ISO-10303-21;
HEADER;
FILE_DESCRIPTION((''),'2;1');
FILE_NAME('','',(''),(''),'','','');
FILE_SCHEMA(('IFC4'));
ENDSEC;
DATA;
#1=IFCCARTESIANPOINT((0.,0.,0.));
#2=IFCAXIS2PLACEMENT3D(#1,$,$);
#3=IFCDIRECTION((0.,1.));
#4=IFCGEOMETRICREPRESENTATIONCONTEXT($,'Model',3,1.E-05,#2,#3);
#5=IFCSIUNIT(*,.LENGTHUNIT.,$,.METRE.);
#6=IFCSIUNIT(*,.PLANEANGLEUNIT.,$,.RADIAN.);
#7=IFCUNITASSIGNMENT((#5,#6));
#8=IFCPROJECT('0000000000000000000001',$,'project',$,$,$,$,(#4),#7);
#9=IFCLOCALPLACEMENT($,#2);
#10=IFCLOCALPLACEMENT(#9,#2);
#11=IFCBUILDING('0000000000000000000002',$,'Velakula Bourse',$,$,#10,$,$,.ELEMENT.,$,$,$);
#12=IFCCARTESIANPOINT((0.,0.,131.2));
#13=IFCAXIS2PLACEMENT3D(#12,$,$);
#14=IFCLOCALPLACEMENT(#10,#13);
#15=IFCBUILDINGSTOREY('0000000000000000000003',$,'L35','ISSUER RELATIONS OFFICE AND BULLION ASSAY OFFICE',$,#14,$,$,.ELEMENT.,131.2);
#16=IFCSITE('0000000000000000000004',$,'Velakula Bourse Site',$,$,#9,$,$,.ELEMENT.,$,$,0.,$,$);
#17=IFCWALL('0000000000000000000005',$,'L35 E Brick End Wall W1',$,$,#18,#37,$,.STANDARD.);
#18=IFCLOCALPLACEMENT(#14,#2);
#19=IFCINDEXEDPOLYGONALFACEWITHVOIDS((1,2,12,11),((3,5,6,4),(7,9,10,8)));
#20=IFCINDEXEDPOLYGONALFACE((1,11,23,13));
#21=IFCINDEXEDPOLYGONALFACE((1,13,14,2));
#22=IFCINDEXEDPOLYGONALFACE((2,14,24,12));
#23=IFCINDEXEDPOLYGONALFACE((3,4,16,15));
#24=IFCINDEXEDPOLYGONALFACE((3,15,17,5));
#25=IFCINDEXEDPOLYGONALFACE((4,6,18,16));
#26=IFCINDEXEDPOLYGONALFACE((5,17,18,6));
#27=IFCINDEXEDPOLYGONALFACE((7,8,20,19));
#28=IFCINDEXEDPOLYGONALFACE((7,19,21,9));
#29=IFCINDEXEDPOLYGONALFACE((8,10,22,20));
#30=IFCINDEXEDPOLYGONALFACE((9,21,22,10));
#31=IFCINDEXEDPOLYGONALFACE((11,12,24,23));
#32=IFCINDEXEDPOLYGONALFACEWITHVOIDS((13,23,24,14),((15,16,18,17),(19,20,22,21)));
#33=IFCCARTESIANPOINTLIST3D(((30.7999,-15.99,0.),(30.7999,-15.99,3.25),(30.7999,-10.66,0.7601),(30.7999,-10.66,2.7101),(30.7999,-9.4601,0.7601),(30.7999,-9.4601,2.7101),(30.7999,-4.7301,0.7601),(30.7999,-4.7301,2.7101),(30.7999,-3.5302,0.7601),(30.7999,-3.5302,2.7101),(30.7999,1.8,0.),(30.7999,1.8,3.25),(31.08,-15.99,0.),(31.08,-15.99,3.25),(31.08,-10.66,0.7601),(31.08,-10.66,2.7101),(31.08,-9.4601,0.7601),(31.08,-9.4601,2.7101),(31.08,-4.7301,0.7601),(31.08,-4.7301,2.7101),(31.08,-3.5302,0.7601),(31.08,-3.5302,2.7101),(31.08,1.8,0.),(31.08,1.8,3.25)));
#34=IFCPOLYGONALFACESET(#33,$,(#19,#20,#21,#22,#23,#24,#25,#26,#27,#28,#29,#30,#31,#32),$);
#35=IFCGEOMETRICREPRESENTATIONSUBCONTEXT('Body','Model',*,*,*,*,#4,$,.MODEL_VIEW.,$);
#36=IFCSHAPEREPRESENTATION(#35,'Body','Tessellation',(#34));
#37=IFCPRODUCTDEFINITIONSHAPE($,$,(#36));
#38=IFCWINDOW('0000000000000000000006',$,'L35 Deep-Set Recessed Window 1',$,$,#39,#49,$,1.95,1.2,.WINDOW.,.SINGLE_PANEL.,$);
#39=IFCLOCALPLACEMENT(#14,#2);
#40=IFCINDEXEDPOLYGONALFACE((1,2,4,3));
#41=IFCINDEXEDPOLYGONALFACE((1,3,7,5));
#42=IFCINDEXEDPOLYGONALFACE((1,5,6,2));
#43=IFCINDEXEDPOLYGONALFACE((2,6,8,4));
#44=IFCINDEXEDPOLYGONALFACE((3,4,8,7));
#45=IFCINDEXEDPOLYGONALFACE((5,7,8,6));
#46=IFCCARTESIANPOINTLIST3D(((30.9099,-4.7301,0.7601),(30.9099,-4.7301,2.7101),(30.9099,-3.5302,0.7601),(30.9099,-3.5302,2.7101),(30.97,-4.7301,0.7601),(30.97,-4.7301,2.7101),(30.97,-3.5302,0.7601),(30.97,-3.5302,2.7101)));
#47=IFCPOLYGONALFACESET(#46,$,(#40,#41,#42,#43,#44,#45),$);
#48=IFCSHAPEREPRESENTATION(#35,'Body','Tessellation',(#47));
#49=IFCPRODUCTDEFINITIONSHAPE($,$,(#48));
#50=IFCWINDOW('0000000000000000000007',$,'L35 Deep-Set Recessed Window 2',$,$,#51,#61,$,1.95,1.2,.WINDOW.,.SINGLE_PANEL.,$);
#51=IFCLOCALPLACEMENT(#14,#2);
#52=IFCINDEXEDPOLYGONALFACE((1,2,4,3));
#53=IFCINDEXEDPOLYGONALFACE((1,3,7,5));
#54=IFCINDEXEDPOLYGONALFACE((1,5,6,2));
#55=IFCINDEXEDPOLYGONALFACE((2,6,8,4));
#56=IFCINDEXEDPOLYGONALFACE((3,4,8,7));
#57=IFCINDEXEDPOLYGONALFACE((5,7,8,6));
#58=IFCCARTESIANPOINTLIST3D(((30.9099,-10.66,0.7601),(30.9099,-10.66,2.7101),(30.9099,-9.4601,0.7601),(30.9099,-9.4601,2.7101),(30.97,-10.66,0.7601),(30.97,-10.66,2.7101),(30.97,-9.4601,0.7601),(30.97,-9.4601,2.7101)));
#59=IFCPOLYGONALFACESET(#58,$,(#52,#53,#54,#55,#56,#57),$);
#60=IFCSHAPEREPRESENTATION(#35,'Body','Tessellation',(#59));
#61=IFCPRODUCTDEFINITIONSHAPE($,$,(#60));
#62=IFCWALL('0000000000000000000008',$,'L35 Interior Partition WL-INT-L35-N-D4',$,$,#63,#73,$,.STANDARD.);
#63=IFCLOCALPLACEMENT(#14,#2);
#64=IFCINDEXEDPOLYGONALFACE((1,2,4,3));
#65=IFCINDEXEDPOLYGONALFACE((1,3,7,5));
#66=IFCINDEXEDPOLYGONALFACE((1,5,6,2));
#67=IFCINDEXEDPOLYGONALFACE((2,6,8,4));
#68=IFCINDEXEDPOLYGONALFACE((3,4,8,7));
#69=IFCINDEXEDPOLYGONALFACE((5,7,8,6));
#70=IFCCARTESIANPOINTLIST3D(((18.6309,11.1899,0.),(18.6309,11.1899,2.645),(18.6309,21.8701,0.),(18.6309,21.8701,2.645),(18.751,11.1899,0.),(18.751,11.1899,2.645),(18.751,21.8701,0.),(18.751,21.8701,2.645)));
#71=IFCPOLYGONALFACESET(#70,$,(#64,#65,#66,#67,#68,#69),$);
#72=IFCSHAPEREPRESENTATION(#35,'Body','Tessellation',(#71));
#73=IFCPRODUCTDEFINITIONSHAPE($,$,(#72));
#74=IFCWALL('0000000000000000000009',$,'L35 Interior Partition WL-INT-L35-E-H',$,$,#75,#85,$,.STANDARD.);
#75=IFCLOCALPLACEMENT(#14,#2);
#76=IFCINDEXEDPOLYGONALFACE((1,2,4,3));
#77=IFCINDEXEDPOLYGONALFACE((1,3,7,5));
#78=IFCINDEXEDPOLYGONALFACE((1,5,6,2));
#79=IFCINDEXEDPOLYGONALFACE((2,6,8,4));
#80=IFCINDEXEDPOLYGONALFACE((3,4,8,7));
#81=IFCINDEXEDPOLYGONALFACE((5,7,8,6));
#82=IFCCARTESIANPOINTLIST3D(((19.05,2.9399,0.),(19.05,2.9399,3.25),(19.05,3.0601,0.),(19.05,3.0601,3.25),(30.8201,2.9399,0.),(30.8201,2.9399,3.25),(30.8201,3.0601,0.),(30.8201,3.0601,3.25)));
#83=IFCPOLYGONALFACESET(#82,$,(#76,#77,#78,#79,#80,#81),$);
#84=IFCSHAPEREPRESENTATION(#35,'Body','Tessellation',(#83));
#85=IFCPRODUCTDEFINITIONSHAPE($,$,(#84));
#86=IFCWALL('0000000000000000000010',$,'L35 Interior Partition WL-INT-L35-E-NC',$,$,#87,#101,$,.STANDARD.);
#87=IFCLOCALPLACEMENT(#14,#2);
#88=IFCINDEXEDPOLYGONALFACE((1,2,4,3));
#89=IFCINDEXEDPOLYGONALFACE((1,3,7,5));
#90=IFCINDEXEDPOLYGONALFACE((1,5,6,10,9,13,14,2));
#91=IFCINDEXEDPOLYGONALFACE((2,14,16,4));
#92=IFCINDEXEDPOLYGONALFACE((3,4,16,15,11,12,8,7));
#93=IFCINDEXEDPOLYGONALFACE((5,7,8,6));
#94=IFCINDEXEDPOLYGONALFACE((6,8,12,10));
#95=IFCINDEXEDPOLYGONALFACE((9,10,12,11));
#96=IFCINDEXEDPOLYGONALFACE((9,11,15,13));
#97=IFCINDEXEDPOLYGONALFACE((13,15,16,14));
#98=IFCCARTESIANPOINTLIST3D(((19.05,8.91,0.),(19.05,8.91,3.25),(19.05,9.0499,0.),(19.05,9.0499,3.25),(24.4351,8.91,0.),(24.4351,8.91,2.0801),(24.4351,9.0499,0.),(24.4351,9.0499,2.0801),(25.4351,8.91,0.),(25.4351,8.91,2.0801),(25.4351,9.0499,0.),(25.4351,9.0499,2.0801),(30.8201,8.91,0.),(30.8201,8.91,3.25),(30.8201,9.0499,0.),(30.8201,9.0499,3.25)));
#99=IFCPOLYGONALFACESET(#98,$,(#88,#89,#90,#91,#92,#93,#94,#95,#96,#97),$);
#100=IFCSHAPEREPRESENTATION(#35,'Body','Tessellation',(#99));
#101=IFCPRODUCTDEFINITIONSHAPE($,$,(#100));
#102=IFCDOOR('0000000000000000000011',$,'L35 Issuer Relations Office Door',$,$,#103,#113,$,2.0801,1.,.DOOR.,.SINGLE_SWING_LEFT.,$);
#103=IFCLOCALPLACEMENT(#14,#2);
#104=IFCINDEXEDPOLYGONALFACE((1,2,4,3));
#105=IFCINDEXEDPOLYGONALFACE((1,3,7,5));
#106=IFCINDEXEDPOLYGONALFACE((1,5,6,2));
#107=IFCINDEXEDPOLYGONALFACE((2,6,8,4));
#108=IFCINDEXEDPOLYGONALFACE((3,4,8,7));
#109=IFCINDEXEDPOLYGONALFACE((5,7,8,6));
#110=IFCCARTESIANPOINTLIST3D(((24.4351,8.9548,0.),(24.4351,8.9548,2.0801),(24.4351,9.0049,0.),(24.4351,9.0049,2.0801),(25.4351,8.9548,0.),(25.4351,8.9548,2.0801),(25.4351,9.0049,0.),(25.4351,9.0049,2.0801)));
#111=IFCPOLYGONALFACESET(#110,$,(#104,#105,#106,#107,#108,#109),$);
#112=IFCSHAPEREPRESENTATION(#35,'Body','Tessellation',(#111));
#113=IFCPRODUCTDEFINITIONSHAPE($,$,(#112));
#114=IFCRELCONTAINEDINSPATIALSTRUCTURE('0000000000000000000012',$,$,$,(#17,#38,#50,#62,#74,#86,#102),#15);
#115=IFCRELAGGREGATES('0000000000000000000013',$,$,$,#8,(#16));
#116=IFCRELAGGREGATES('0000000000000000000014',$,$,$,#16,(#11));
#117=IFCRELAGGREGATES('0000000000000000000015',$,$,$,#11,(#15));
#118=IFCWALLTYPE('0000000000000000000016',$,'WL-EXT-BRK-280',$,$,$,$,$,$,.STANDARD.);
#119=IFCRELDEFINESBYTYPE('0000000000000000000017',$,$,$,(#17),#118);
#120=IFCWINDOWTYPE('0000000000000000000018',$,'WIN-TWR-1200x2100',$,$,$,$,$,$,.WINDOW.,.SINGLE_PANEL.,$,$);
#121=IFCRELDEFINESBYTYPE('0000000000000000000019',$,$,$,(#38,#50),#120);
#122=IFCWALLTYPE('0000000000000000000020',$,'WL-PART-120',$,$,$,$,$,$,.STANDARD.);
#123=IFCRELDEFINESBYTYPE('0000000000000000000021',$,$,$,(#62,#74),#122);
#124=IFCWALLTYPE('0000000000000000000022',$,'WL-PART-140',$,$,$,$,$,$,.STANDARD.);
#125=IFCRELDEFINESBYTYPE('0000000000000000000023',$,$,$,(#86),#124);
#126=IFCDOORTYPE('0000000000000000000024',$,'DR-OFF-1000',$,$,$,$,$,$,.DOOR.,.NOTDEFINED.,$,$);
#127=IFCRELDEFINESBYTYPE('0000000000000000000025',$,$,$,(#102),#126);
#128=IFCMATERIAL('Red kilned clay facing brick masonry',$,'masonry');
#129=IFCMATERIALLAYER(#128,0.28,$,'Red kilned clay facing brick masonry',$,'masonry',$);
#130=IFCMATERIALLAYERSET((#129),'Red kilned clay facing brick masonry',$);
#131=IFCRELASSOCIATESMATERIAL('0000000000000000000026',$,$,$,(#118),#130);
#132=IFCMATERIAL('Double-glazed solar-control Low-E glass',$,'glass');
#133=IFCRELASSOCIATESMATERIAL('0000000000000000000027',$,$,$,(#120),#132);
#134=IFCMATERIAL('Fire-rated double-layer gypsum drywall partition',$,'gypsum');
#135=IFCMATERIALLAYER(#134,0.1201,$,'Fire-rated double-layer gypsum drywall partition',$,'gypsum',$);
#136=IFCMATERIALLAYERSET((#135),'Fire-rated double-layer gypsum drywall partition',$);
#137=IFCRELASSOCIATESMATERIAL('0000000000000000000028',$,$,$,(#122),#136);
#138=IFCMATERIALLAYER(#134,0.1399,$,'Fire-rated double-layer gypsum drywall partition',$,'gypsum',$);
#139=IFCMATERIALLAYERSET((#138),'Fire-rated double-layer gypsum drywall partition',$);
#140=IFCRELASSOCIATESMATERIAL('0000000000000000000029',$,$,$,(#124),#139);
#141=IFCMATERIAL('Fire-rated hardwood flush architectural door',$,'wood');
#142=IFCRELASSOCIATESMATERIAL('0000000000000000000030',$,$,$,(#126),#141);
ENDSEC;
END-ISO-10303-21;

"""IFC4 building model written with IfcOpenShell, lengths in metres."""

from ifc_helpers import new_model, si_unit, direction, frame, frame_2d, origin, place, context, subcontext, project, spatial, rectangle, extrude, material, layer, layer_set, type_object, element, fill, save


model = new_model("IFC4")

# Units and contexts
model_context = context("Model", 3, precision=1e-05, world=origin(), true_north=direction((0.0, 1.0)))
body_context = subcontext(model_context, "Body", "Model", "MODEL_VIEW")
ifc_project = project(units=[si_unit("LENGTHUNIT", "METRE"), si_unit("PLANEANGLEUNIT", "RADIAN")], contexts=[model_context])

# Site, building, storey
site_placement = place(None, origin())
site = spatial("IfcSite", under=ifc_project, at=site_placement, Name="Velakula Bourse Site", CompositionType="ELEMENT", RefElevation=0.0)
building_placement = place(site_placement, origin())
building = spatial("IfcBuilding", under=site, at=building_placement, Name="Velakula Bourse", CompositionType="ELEMENT")
storey_placement = place(building_placement, frame((0.0, 0.0, 131.2)))
storey = spatial("IfcBuildingStorey", under=building, at=storey_placement, Name="L35", Description="ISSUER RELATIONS OFFICE AND BULLION ASSAY OFFICE", CompositionType="ELEMENT", Elevation=131.2)

# Wall, openings, windows
ifc_material_1 = material(Name="Red kilned clay facing brick masonry", Category="masonry")
ifc_layer_1 = layer(ifc_material_1, 0.28, Name="Red kilned clay facing brick masonry", Category="masonry")
ifc_layer_set_1 = layer_set([ifc_layer_1], Name="Red kilned clay facing brick masonry")
wall_type_1 = type_object("IfcWallType", Name="WL-EXT-BRK-280", PredefinedType="STANDARD", material=ifc_layer_set_1)
wall_1_placement = place(storey_placement, frame((30.9399, 1.8, 0.0), z_axis=(0.0, 0.0, 1.0), x_axis=(0.0, -1.0, 0.0)))
wall_1 = element("IfcWall", 1, at=wall_1_placement, inside=storey, type_object=wall_type_1, Name="L35 E Brick End Wall W1", PredefinedType="STANDARD", context=body_context, shape_type="SweptSolid", body=[
    extrude(rectangle(XDim=17.79, YDim=0.28, at=frame_2d((8.895, 0.0))), origin(), (0.0, 0.0, 1.0), 3.25),
])
opening_1_placement = place(wall_1_placement, frame((5.3301, 0.0, 0.76)))
opening_1 = element("IfcOpeningElement", 2, at=opening_1_placement, cuts=wall_1, PredefinedType="OPENING", context=body_context, shape_type="SweptSolid", body=[
    extrude(rectangle(XDim=1.2, YDim=1.95, at=frame_2d((0.6001, 0.9751))), frame((0.0, 0.1499, 0.0), z_axis=(0.0, -1.0, 0.0), x_axis=(1.0, 0.0, 0.0)), (0.0, 0.0, 1.0), 0.3),
])
opening_2_placement = place(wall_1_placement, frame((11.26, 0.0, 0.76)))
opening_2 = element("IfcOpeningElement", 3, at=opening_2_placement, cuts=wall_1, PredefinedType="OPENING", context=body_context, shape_type="SweptSolid", body=[
    extrude(rectangle(XDim=1.2, YDim=1.95, at=frame_2d((0.6001, 0.9751))), frame((0.0, 0.1499, 0.0), z_axis=(0.0, -1.0, 0.0), x_axis=(1.0, 0.0, 0.0)), (0.0, 0.0, 1.0), 0.3),
])
ifc_material_2 = material(Name="Double-glazed solar-control Low-E glass", Category="glass")
window_type = type_object("IfcWindowType", Name="WIN-TWR-1200x2100", PartitioningType="SINGLE_PANEL", PredefinedType="WINDOW", material=ifc_material_2)
window_1_placement = place(opening_1_placement, origin())
window_1 = element("IfcWindow", 4, at=window_1_placement, inside=storey, type_object=window_type, Name="L35 Deep-Set Recessed Window 1", OverallHeight=1.95, OverallWidth=1.2, PartitioningType="SINGLE_PANEL", PredefinedType="WINDOW", context=body_context, shape_type="SweptSolid", body=[
    extrude(rectangle(XDim=1.2, YDim=1.95, at=frame_2d((0.6001, 0.9751))), frame((0.0, 0.03, 0.0), z_axis=(0.0, -1.0, 0.0), x_axis=(1.0, 0.0, 0.0)), (0.0, 0.0, 1.0), 0.0601),
])
fill(opening_1, window_1)
window_2_placement = place(opening_2_placement, origin())
window_2 = element("IfcWindow", 5, at=window_2_placement, inside=storey, type_object=window_type, Name="L35 Deep-Set Recessed Window 2", OverallHeight=1.95, OverallWidth=1.2, PartitioningType="SINGLE_PANEL", PredefinedType="WINDOW", context=body_context, shape_type="SweptSolid", body=[
    extrude(rectangle(XDim=1.2, YDim=1.95, at=frame_2d((0.6001, 0.9751))), frame((0.0, 0.03, 0.0), z_axis=(0.0, -1.0, 0.0), x_axis=(1.0, 0.0, 0.0)), (0.0, 0.0, 1.0), 0.0601),
])
fill(opening_2, window_2)

# Walls
ifc_material_3 = material(Name="Fire-rated double-layer gypsum drywall partition", Category="gypsum")
ifc_layer_2 = layer(ifc_material_3, 0.1201, Name="Fire-rated double-layer gypsum drywall partition", Category="gypsum")
ifc_layer_set_2 = layer_set([ifc_layer_2], Name="Fire-rated double-layer gypsum drywall partition")
wall_type_2 = type_object("IfcWallType", Name="WL-PART-120", PredefinedType="STANDARD", material=ifc_layer_set_2)
wall_2_placement = place(storey_placement, frame((18.6909, 11.1899, 0.0), z_axis=(0.0, 0.0, 1.0), x_axis=(0.0, 1.0, 0.0)))
element("IfcWall", 6, at=wall_2_placement, inside=storey, type_object=wall_type_2, Name="L35 Interior Partition WL-INT-L35-N-D4", PredefinedType="STANDARD", context=body_context, shape_type="SweptSolid", body=[
    extrude(rectangle(XDim=10.6802, YDim=0.1201, at=frame_2d((5.3401, 0.0))), origin(), (0.0, 0.0, 1.0), 2.645),
])
wall_3_placement = place(storey_placement, frame((19.05, 3.0, 0.0), z_axis=(0.0, 0.0, 1.0), x_axis=(1.0, 0.0, 0.0)))
element("IfcWall", 7, at=wall_3_placement, inside=storey, type_object=wall_type_2, Name="L35 Interior Partition WL-INT-L35-E-H", PredefinedType="STANDARD", context=body_context, shape_type="SweptSolid", body=[
    extrude(rectangle(XDim=11.77, YDim=0.1201, at=frame_2d((5.885, 0.0))), origin(), (0.0, 0.0, 1.0), 3.25),
])

# Wall, opening, door
ifc_layer_3 = layer(ifc_material_3, 0.1399, Name="Fire-rated double-layer gypsum drywall partition", Category="gypsum")
ifc_layer_set_3 = layer_set([ifc_layer_3], Name="Fire-rated double-layer gypsum drywall partition")
wall_type_3 = type_object("IfcWallType", Name="WL-PART-140", PredefinedType="STANDARD", material=ifc_layer_set_3)
wall_4_placement = place(storey_placement, frame((19.05, 8.98, 0.0), z_axis=(0.0, 0.0, 1.0), x_axis=(1.0, 0.0, 0.0)))
wall_4 = element("IfcWall", 8, at=wall_4_placement, inside=storey, type_object=wall_type_3, Name="L35 Interior Partition WL-INT-L35-E-NC", PredefinedType="STANDARD", context=body_context, shape_type="SweptSolid", body=[
    extrude(rectangle(XDim=11.77, YDim=0.1399, at=frame_2d((5.885, 0.0))), origin(), (0.0, 0.0, 1.0), 3.25),
])
opening_3_placement = place(wall_4_placement, frame((5.385, 0.0, 0.0)))
opening_3 = element("IfcOpeningElement", 9, at=opening_3_placement, cuts=wall_4, PredefinedType="OPENING", context=body_context, shape_type="SweptSolid", body=[
    extrude(rectangle(XDim=1.0, YDim=2.0801, at=frame_2d((0.5, 1.04))), frame((0.0, 0.0798, 0.0), z_axis=(0.0, -1.0, 0.0), x_axis=(1.0, 0.0, 0.0)), (0.0, 0.0, 1.0), 0.1599),
])
ifc_material_4 = material(Name="Fire-rated hardwood flush architectural door", Category="wood")
door_type = type_object("IfcDoorType", Name="DR-OFF-1000", OperationType="NOTDEFINED", PredefinedType="DOOR", material=ifc_material_4)
door_placement = place(opening_3_placement, origin())
door = element("IfcDoor", 10, at=door_placement, inside=storey, type_object=door_type, Name="L35 Issuer Relations Office Door", OperationType="SINGLE_SWING_LEFT", OverallHeight=2.0801, OverallWidth=1.0, PredefinedType="DOOR", context=body_context, shape_type="SweptSolid", body=[
    extrude(rectangle(XDim=1.0, YDim=2.0801, at=frame_2d((0.5, 1.04))), frame((0.0, 0.0249, 0.0), z_axis=(0.0, -1.0, 0.0), x_axis=(1.0, 0.0, 0.0)), (0.0, 0.0, 1.0), 0.05),
])
fill(opening_3, door)

save(model, "model.ifc")
